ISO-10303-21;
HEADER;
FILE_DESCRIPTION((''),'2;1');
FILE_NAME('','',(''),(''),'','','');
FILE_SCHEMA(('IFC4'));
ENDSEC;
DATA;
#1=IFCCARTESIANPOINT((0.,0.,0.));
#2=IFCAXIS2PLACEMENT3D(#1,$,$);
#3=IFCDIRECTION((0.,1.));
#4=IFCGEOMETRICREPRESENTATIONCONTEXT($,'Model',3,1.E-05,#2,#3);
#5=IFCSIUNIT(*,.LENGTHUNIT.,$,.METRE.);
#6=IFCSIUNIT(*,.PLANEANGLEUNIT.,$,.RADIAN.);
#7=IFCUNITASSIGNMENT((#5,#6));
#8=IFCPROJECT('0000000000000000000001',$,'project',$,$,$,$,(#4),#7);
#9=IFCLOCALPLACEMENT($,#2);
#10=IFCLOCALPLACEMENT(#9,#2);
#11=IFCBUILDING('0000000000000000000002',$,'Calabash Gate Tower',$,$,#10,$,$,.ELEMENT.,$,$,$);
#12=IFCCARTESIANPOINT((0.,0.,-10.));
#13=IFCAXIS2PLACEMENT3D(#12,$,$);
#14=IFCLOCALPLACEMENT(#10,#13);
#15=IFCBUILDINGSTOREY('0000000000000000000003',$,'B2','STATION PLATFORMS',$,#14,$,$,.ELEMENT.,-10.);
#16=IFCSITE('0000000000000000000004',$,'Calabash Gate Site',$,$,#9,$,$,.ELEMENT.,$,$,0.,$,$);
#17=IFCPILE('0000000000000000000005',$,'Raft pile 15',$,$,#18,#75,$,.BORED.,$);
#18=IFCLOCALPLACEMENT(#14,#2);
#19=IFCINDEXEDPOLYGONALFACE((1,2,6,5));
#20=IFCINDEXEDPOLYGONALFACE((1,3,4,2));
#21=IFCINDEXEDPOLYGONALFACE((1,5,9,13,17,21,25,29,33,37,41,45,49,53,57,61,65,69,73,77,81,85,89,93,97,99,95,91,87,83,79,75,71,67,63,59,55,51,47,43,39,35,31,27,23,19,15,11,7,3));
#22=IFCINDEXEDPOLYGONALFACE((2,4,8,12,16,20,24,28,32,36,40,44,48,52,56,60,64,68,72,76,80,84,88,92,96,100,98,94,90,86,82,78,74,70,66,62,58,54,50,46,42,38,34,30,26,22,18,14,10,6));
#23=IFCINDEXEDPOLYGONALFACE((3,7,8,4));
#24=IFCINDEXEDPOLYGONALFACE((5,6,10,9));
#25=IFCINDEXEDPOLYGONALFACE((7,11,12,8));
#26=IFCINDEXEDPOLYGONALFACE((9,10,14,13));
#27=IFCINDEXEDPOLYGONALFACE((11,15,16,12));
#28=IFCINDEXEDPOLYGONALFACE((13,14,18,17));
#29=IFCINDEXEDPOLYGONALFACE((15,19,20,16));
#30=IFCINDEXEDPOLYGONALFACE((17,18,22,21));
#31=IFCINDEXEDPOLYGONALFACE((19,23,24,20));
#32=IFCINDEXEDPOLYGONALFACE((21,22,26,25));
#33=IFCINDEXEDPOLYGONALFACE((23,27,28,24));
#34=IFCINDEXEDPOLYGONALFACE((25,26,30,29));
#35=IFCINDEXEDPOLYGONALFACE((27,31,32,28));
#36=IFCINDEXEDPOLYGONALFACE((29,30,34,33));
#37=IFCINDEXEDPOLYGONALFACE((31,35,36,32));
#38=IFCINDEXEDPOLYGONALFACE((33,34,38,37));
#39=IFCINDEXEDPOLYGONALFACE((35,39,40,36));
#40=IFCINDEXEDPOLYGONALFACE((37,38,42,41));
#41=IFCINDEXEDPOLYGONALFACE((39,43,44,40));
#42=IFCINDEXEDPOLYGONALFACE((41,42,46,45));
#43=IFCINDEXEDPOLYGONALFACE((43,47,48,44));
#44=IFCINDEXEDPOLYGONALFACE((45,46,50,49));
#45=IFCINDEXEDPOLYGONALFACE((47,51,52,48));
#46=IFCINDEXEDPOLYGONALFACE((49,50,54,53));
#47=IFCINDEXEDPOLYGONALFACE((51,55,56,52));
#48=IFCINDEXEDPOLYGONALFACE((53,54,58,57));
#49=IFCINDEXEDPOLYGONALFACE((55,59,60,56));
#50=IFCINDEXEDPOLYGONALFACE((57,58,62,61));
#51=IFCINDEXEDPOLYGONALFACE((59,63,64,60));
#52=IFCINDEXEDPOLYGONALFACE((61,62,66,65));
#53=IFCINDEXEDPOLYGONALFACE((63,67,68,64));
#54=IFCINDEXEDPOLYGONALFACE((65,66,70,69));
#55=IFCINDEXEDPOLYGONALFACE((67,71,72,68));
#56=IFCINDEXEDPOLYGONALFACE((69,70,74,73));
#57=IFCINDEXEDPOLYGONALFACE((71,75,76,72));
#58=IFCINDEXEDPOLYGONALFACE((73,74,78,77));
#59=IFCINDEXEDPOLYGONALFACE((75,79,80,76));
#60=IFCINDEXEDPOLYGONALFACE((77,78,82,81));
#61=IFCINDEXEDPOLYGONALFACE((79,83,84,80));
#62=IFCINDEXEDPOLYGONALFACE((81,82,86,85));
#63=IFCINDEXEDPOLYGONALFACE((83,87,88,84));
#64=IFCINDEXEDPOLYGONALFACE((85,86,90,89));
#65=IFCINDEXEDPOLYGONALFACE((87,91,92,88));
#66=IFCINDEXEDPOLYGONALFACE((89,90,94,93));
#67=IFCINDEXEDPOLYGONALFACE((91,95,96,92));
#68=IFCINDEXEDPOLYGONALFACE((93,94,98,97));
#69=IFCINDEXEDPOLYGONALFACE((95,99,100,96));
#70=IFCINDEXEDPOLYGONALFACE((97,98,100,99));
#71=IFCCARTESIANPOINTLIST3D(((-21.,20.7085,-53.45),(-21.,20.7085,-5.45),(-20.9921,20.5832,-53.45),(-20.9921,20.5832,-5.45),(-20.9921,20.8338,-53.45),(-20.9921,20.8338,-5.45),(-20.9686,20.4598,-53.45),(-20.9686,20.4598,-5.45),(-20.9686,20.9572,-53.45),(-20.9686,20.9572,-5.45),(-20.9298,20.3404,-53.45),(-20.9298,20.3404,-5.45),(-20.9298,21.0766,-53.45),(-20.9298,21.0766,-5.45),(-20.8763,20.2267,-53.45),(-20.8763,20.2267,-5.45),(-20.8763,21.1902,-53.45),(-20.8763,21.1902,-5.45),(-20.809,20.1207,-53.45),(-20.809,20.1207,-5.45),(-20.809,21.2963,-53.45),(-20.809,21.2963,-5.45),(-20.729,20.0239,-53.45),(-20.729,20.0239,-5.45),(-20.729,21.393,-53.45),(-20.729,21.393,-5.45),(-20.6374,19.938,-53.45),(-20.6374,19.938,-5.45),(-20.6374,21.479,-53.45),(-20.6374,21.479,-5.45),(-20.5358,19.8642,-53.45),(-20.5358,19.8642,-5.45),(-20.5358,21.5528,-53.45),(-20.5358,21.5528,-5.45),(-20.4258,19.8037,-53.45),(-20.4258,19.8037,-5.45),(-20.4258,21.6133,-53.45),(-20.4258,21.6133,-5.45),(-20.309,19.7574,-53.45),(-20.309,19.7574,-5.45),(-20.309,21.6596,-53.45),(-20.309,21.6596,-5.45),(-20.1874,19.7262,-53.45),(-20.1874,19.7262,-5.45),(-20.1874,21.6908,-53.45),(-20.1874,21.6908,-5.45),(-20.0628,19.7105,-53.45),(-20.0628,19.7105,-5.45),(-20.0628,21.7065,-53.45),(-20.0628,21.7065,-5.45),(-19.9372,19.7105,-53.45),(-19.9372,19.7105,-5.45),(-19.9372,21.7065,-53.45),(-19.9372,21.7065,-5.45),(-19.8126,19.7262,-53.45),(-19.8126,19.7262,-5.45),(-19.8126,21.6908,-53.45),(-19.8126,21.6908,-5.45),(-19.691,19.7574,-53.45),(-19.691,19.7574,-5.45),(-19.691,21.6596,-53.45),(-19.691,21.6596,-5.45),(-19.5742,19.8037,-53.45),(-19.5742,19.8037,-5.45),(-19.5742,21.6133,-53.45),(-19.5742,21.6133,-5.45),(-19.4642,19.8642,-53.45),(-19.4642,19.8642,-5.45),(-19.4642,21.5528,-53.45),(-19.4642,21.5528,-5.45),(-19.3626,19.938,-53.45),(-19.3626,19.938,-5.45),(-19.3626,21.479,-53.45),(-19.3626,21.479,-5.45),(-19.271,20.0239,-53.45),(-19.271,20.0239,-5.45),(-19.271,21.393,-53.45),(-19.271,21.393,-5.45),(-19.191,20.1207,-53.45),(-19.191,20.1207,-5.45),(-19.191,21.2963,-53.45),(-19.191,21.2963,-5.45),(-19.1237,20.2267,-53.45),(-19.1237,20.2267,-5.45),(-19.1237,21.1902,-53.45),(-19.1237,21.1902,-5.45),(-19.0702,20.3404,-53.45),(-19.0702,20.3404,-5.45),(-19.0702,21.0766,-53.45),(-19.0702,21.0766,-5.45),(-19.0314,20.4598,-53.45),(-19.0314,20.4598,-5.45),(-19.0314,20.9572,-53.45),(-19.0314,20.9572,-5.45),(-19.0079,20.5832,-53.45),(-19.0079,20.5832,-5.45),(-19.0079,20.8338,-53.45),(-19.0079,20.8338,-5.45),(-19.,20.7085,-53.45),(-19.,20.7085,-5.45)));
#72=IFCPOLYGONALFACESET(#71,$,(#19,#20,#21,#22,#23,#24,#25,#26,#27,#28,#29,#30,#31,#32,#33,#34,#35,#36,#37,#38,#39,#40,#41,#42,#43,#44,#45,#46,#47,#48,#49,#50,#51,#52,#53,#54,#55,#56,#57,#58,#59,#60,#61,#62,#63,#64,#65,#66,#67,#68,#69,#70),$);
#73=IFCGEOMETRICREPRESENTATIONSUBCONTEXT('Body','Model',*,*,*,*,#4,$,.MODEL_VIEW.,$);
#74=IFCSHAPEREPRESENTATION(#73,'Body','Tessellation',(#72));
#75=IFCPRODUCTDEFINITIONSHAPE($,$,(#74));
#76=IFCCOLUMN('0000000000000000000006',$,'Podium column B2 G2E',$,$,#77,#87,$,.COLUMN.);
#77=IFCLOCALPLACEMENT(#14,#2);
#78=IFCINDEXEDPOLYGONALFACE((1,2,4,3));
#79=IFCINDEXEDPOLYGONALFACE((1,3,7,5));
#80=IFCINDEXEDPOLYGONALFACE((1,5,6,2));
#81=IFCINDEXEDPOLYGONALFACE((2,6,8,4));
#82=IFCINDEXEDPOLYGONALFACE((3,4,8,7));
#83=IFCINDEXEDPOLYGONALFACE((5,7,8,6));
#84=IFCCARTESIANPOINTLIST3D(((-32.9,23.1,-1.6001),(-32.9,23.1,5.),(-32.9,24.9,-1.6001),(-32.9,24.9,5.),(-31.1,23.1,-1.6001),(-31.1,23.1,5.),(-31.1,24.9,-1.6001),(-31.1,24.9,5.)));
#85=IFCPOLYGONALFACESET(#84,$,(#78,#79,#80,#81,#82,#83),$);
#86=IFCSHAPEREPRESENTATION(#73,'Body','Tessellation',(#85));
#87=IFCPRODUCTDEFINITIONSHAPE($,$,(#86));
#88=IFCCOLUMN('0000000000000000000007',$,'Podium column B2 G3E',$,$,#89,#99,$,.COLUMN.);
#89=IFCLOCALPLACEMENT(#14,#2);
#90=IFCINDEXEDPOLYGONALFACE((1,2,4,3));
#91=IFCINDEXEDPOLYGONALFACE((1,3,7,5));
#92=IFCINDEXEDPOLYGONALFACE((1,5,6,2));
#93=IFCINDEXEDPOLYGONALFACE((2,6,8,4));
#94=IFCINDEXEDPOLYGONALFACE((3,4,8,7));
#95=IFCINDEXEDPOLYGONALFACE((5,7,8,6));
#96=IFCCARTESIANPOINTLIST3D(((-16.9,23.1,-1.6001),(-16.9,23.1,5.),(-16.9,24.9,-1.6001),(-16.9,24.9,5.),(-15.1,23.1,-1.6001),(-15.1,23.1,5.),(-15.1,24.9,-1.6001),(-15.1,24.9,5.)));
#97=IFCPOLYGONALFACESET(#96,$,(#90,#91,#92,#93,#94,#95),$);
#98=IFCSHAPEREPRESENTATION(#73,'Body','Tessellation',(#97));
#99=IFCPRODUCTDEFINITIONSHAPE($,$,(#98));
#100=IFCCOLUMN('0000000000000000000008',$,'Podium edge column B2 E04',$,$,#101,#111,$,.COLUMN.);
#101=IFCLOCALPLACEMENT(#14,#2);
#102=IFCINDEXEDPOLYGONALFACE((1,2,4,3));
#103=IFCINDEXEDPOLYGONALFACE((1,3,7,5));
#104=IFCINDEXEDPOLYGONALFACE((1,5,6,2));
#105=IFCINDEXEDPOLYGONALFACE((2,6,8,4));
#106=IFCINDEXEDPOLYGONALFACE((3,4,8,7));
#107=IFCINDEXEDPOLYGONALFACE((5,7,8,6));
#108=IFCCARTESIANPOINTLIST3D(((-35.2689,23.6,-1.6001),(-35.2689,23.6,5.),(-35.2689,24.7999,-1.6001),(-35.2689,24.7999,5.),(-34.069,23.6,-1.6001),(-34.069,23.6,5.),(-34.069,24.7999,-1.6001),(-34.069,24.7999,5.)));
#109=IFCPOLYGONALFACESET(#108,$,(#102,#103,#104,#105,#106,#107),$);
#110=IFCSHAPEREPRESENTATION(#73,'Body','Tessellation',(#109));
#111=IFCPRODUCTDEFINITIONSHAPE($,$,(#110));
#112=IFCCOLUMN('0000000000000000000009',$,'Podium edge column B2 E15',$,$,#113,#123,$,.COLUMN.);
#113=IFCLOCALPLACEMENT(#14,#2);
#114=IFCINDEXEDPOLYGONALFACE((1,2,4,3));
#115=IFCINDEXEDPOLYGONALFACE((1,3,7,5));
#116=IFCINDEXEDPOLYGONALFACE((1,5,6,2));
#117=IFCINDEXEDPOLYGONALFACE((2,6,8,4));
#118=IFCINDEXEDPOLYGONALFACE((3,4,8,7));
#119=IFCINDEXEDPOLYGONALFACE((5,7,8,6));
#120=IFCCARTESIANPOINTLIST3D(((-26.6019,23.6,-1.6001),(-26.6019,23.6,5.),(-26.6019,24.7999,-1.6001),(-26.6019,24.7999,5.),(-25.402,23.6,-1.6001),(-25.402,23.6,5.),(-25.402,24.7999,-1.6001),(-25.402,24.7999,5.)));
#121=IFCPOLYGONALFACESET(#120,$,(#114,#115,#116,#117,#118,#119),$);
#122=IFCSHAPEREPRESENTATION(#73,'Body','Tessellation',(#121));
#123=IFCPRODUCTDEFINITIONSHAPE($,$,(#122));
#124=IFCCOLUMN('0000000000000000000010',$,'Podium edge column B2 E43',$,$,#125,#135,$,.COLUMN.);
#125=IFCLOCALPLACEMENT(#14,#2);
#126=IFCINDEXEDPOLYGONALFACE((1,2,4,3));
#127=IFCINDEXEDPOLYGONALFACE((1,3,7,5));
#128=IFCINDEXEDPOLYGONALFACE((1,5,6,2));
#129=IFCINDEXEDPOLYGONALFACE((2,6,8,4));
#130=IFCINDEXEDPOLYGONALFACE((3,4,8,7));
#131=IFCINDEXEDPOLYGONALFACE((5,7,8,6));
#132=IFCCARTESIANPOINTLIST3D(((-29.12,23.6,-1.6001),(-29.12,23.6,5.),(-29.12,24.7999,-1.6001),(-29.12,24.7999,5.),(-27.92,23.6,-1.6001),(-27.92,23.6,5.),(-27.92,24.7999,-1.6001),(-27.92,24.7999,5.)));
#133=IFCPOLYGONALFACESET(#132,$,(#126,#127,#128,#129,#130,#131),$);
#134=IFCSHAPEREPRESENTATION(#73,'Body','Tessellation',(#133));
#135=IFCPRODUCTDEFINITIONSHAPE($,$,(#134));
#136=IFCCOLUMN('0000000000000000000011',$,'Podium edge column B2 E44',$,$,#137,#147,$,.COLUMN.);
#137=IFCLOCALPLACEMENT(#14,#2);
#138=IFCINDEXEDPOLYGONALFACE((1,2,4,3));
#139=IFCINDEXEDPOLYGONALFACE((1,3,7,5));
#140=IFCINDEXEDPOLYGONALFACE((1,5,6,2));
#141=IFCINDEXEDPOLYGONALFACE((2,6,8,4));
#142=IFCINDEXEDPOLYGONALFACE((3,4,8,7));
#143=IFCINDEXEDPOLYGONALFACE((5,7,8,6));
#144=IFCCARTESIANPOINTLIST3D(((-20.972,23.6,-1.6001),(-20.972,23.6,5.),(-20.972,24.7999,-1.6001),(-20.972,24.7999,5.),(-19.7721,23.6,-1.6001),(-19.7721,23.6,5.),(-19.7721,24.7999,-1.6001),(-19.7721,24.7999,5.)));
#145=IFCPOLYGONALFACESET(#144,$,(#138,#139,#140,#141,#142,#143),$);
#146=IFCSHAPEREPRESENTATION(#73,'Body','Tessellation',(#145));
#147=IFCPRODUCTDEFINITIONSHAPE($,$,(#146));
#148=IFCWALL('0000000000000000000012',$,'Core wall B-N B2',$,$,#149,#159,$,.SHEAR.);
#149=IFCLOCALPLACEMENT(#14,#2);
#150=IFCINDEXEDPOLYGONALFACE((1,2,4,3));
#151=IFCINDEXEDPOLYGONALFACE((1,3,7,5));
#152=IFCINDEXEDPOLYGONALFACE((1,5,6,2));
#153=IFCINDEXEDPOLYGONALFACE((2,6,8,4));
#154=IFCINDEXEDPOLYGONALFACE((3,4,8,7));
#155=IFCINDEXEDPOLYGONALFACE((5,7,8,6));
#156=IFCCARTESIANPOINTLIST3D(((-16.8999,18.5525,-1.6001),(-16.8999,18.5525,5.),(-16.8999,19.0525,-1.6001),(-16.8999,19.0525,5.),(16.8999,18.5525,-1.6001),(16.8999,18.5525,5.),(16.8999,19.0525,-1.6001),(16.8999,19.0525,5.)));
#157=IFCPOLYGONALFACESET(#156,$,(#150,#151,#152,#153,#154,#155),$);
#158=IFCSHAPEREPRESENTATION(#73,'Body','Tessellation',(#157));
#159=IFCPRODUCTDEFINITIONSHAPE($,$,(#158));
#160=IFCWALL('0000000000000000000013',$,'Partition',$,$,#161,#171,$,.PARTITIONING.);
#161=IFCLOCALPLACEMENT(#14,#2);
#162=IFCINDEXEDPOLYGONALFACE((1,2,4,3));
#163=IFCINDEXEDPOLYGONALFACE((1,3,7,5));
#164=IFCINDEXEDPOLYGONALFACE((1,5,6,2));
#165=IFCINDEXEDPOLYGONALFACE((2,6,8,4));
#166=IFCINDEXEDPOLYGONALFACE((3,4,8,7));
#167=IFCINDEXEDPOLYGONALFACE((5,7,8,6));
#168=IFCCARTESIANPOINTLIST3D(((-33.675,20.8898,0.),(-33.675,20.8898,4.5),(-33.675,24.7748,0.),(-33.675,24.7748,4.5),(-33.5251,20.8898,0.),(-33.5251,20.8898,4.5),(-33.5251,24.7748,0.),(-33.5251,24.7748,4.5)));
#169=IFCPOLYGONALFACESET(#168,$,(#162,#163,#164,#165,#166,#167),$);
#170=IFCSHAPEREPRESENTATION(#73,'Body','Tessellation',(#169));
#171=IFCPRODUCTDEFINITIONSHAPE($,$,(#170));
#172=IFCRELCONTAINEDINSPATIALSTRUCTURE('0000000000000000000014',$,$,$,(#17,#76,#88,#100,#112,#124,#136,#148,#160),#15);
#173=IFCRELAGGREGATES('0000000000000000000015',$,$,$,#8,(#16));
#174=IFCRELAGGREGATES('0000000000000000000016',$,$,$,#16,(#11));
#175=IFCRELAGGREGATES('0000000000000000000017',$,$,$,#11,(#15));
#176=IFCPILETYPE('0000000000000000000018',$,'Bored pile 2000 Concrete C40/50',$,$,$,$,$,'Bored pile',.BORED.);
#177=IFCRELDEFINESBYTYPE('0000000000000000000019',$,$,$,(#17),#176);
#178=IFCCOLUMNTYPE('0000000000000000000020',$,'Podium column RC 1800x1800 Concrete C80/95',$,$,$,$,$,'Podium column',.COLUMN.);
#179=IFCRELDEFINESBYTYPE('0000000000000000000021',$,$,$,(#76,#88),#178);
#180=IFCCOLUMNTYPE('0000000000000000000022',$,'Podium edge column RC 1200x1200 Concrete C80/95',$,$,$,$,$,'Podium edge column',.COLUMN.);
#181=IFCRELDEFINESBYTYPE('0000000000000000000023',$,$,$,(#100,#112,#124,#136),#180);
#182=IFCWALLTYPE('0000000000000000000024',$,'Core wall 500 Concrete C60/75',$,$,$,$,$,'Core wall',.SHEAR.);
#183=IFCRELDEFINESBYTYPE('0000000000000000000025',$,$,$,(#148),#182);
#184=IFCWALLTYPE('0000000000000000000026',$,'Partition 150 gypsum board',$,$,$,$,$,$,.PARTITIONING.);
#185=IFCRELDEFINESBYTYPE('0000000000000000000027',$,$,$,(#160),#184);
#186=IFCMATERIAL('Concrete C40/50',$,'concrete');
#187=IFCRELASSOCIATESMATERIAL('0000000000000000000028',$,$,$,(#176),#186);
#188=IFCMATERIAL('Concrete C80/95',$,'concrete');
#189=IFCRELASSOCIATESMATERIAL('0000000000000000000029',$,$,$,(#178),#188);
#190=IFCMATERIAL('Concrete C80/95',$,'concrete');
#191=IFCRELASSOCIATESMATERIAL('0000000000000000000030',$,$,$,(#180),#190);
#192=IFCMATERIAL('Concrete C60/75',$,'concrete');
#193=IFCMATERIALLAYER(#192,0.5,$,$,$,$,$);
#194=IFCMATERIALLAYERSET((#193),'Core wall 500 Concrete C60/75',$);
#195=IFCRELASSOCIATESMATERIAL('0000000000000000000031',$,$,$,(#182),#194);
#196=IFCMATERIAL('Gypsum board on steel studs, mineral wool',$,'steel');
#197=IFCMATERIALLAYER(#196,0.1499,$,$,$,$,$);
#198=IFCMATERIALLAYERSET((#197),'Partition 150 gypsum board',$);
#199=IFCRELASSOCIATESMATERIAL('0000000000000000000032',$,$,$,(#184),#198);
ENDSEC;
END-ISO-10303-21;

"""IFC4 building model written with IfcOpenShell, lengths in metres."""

from ifc_helpers import new_model, si_unit, direction, frame, frame_2d, origin, origin_2d, place, context, subcontext, project, spatial, rectangle, circle, extrude, material, layer, layer_set, material_profile, profile_set, type_object, element, save


model = new_model("IFC4")

# Units and contexts
model_context = context("Model", 3, precision=1e-05, world=origin(), true_north=direction((0.0, 1.0)))
body_context = subcontext(model_context, "Body", "Model", "MODEL_VIEW")
ifc_project = project(units=[si_unit("LENGTHUNIT", "METRE"), si_unit("PLANEANGLEUNIT", "RADIAN")], contexts=[model_context])

# Site, building, storey
site_placement = place(None, origin())
site = spatial("IfcSite", under=ifc_project, at=site_placement, Name="Calabash Gate Site", CompositionType="ELEMENT", RefElevation=0.0)
building_placement = place(site_placement, origin())
building = spatial("IfcBuilding", under=site, at=building_placement, Name="Calabash Gate Tower", CompositionType="ELEMENT")
storey_placement = place(building_placement, frame((0.0, 0.0, -10.0)))
storey = spatial("IfcBuildingStorey", under=building, at=storey_placement, Name="B2", Description="STATION PLATFORMS", CompositionType="ELEMENT", Elevation=-10.0)

# Pile
ifc_material_1 = material(Name="Concrete C40/50", Category="concrete")
ifc_material_profile_1 = material_profile(ifc_material_1, circle(Radius=1.0, at=origin_2d()))
ifc_profile_set_1 = profile_set([ifc_material_profile_1], Name="Concrete C40/50")
pile_type = type_object("IfcPileType", Name="Bored pile 2000 Concrete C40/50", ElementType="Bored pile", PredefinedType="BORED", material=ifc_profile_set_1)
for number, where, z_axis, x_axis, name in (
    (1, (-20.0, 20.7085, -5.45), (0.0, 0.0, -1.0), (1.0, 0.0, 0.0), "Raft pile 15"),
):
    element("IfcPile", number, at=place(storey_placement, frame(where, z_axis=z_axis, x_axis=x_axis)), inside=storey, type_object=pile_type, Name=name, PredefinedType="BORED", context=body_context, shape_type="SweptSolid", body=[
        extrude(circle(Radius=1.0, at=origin_2d()), origin(), (0.0, 0.0, 1.0), 48.0),
    ])

# Columns
ifc_material_2 = material(Name="Concrete C80/95", Category="concrete")
ifc_material_profile_2 = material_profile(ifc_material_2, rectangle(XDim=1.8, YDim=1.8, at=origin_2d()))
ifc_profile_set_2 = profile_set([ifc_material_profile_2], Name="Concrete C80/95")
column_type_1 = type_object("IfcColumnType", Name="Podium column RC 1800x1800 Concrete C80/95", ElementType="Podium column", PredefinedType="COLUMN", material=ifc_profile_set_2)
for number, where, z_axis, x_axis, name in (
    (2, (-32.0, 24.0, -1.6001), (0.0, 0.0, 1.0), (1.0, 0.0, 0.0), "Podium column B2 G2E"),
    (3, (-16.0, 24.0, -1.6001), (0.0, 0.0, 1.0), (1.0, 0.0, 0.0), "Podium column B2 G3E"),
):
    element("IfcColumn", number, at=place(storey_placement, frame(where, z_axis=z_axis, x_axis=x_axis)), inside=storey, type_object=column_type_1, Name=name, PredefinedType="COLUMN", context=body_context, shape_type="SweptSolid", body=[
        extrude(rectangle(XDim=1.8, YDim=1.8, at=origin_2d()), origin(), (0.0, 0.0, 1.0), 6.6001),
    ])
ifc_material_3 = material(Name="Concrete C80/95", Category="concrete")
ifc_material_profile_3 = material_profile(ifc_material_3, rectangle(XDim=1.2, YDim=1.2, at=origin_2d()))
ifc_profile_set_3 = profile_set([ifc_material_profile_3], Name="Concrete C80/95")
column_type_2 = type_object("IfcColumnType", Name="Podium edge column RC 1200x1200 Concrete C80/95", ElementType="Podium edge column", PredefinedType="COLUMN", material=ifc_profile_set_3)
for number, where, z_axis, x_axis, name in (
    (4, (-34.6689, 24.2, -1.6001), (0.0, 0.0, 1.0), (1.0, 0.0, 0.0), "Podium edge column B2 E04"),
    (5, (-26.002, 24.2, -1.6001), (0.0, 0.0, 1.0), (1.0, 0.0, 0.0), "Podium edge column B2 E15"),
    (6, (-28.52, 24.2, -1.6001), (0.0, 0.0, 1.0), (1.0, 0.0, 0.0), "Podium edge column B2 E43"),
    (7, (-20.3721, 24.2, -1.6001), (0.0, 0.0, 1.0), (1.0, 0.0, 0.0), "Podium edge column B2 E44"),
):
    element("IfcColumn", number, at=place(storey_placement, frame(where, z_axis=z_axis, x_axis=x_axis)), inside=storey, type_object=column_type_2, Name=name, PredefinedType="COLUMN", context=body_context, shape_type="SweptSolid", body=[
        extrude(rectangle(XDim=1.2, YDim=1.2, at=origin_2d()), origin(), (0.0, 0.0, 1.0), 6.6001),
    ])

# Walls
ifc_material_4 = material(Name="Concrete C60/75", Category="concrete")
ifc_layer_1 = layer(ifc_material_4, 0.5)
ifc_layer_set_1 = layer_set([ifc_layer_1], Name="Core wall 500 Concrete C60/75")
wall_type_1 = type_object("IfcWallType", Name="Core wall 500 Concrete C60/75", ElementType="Core wall", PredefinedType="SHEAR", material=ifc_layer_set_1)
wall_1_placement = place(storey_placement, frame((-16.8999, 18.8025, -1.6001), z_axis=(0.0, 0.0, 1.0), x_axis=(1.0, 0.0, 0.0)))
element("IfcWall", 8, at=wall_1_placement, inside=storey, type_object=wall_type_1, Name="Core wall B-N B2", PredefinedType="SHEAR", context=body_context, shape_type="SweptSolid", body=[
    extrude(rectangle(XDim=33.7998, YDim=0.5, at=frame_2d((16.8999, 0.0))), origin(), (0.0, 0.0, 1.0), 6.6001),
])
ifc_material_5 = material(Name="Gypsum board on steel studs, mineral wool", Category="steel")
ifc_layer_2 = layer(ifc_material_5, 0.1499)
ifc_layer_set_2 = layer_set([ifc_layer_2], Name="Partition 150 gypsum board")
wall_type_2 = type_object("IfcWallType", Name="Partition 150 gypsum board", PredefinedType="PARTITIONING", material=ifc_layer_set_2)
wall_2_placement = place(storey_placement, frame((-33.6001, 20.8899, 0.0), z_axis=(0.0, 0.0, 1.0), x_axis=(0.0, 1.0, 0.0)))
element("IfcWall", 9, at=wall_2_placement, inside=storey, type_object=wall_type_2, Name="Partition", PredefinedType="PARTITIONING", context=body_context, shape_type="SweptSolid", body=[
    extrude(rectangle(XDim=3.885, YDim=0.1499, at=frame_2d((1.9424, 0.0))), origin(), (0.0, 0.0, 1.0), 4.5),
])

save(model, "model.ifc")
